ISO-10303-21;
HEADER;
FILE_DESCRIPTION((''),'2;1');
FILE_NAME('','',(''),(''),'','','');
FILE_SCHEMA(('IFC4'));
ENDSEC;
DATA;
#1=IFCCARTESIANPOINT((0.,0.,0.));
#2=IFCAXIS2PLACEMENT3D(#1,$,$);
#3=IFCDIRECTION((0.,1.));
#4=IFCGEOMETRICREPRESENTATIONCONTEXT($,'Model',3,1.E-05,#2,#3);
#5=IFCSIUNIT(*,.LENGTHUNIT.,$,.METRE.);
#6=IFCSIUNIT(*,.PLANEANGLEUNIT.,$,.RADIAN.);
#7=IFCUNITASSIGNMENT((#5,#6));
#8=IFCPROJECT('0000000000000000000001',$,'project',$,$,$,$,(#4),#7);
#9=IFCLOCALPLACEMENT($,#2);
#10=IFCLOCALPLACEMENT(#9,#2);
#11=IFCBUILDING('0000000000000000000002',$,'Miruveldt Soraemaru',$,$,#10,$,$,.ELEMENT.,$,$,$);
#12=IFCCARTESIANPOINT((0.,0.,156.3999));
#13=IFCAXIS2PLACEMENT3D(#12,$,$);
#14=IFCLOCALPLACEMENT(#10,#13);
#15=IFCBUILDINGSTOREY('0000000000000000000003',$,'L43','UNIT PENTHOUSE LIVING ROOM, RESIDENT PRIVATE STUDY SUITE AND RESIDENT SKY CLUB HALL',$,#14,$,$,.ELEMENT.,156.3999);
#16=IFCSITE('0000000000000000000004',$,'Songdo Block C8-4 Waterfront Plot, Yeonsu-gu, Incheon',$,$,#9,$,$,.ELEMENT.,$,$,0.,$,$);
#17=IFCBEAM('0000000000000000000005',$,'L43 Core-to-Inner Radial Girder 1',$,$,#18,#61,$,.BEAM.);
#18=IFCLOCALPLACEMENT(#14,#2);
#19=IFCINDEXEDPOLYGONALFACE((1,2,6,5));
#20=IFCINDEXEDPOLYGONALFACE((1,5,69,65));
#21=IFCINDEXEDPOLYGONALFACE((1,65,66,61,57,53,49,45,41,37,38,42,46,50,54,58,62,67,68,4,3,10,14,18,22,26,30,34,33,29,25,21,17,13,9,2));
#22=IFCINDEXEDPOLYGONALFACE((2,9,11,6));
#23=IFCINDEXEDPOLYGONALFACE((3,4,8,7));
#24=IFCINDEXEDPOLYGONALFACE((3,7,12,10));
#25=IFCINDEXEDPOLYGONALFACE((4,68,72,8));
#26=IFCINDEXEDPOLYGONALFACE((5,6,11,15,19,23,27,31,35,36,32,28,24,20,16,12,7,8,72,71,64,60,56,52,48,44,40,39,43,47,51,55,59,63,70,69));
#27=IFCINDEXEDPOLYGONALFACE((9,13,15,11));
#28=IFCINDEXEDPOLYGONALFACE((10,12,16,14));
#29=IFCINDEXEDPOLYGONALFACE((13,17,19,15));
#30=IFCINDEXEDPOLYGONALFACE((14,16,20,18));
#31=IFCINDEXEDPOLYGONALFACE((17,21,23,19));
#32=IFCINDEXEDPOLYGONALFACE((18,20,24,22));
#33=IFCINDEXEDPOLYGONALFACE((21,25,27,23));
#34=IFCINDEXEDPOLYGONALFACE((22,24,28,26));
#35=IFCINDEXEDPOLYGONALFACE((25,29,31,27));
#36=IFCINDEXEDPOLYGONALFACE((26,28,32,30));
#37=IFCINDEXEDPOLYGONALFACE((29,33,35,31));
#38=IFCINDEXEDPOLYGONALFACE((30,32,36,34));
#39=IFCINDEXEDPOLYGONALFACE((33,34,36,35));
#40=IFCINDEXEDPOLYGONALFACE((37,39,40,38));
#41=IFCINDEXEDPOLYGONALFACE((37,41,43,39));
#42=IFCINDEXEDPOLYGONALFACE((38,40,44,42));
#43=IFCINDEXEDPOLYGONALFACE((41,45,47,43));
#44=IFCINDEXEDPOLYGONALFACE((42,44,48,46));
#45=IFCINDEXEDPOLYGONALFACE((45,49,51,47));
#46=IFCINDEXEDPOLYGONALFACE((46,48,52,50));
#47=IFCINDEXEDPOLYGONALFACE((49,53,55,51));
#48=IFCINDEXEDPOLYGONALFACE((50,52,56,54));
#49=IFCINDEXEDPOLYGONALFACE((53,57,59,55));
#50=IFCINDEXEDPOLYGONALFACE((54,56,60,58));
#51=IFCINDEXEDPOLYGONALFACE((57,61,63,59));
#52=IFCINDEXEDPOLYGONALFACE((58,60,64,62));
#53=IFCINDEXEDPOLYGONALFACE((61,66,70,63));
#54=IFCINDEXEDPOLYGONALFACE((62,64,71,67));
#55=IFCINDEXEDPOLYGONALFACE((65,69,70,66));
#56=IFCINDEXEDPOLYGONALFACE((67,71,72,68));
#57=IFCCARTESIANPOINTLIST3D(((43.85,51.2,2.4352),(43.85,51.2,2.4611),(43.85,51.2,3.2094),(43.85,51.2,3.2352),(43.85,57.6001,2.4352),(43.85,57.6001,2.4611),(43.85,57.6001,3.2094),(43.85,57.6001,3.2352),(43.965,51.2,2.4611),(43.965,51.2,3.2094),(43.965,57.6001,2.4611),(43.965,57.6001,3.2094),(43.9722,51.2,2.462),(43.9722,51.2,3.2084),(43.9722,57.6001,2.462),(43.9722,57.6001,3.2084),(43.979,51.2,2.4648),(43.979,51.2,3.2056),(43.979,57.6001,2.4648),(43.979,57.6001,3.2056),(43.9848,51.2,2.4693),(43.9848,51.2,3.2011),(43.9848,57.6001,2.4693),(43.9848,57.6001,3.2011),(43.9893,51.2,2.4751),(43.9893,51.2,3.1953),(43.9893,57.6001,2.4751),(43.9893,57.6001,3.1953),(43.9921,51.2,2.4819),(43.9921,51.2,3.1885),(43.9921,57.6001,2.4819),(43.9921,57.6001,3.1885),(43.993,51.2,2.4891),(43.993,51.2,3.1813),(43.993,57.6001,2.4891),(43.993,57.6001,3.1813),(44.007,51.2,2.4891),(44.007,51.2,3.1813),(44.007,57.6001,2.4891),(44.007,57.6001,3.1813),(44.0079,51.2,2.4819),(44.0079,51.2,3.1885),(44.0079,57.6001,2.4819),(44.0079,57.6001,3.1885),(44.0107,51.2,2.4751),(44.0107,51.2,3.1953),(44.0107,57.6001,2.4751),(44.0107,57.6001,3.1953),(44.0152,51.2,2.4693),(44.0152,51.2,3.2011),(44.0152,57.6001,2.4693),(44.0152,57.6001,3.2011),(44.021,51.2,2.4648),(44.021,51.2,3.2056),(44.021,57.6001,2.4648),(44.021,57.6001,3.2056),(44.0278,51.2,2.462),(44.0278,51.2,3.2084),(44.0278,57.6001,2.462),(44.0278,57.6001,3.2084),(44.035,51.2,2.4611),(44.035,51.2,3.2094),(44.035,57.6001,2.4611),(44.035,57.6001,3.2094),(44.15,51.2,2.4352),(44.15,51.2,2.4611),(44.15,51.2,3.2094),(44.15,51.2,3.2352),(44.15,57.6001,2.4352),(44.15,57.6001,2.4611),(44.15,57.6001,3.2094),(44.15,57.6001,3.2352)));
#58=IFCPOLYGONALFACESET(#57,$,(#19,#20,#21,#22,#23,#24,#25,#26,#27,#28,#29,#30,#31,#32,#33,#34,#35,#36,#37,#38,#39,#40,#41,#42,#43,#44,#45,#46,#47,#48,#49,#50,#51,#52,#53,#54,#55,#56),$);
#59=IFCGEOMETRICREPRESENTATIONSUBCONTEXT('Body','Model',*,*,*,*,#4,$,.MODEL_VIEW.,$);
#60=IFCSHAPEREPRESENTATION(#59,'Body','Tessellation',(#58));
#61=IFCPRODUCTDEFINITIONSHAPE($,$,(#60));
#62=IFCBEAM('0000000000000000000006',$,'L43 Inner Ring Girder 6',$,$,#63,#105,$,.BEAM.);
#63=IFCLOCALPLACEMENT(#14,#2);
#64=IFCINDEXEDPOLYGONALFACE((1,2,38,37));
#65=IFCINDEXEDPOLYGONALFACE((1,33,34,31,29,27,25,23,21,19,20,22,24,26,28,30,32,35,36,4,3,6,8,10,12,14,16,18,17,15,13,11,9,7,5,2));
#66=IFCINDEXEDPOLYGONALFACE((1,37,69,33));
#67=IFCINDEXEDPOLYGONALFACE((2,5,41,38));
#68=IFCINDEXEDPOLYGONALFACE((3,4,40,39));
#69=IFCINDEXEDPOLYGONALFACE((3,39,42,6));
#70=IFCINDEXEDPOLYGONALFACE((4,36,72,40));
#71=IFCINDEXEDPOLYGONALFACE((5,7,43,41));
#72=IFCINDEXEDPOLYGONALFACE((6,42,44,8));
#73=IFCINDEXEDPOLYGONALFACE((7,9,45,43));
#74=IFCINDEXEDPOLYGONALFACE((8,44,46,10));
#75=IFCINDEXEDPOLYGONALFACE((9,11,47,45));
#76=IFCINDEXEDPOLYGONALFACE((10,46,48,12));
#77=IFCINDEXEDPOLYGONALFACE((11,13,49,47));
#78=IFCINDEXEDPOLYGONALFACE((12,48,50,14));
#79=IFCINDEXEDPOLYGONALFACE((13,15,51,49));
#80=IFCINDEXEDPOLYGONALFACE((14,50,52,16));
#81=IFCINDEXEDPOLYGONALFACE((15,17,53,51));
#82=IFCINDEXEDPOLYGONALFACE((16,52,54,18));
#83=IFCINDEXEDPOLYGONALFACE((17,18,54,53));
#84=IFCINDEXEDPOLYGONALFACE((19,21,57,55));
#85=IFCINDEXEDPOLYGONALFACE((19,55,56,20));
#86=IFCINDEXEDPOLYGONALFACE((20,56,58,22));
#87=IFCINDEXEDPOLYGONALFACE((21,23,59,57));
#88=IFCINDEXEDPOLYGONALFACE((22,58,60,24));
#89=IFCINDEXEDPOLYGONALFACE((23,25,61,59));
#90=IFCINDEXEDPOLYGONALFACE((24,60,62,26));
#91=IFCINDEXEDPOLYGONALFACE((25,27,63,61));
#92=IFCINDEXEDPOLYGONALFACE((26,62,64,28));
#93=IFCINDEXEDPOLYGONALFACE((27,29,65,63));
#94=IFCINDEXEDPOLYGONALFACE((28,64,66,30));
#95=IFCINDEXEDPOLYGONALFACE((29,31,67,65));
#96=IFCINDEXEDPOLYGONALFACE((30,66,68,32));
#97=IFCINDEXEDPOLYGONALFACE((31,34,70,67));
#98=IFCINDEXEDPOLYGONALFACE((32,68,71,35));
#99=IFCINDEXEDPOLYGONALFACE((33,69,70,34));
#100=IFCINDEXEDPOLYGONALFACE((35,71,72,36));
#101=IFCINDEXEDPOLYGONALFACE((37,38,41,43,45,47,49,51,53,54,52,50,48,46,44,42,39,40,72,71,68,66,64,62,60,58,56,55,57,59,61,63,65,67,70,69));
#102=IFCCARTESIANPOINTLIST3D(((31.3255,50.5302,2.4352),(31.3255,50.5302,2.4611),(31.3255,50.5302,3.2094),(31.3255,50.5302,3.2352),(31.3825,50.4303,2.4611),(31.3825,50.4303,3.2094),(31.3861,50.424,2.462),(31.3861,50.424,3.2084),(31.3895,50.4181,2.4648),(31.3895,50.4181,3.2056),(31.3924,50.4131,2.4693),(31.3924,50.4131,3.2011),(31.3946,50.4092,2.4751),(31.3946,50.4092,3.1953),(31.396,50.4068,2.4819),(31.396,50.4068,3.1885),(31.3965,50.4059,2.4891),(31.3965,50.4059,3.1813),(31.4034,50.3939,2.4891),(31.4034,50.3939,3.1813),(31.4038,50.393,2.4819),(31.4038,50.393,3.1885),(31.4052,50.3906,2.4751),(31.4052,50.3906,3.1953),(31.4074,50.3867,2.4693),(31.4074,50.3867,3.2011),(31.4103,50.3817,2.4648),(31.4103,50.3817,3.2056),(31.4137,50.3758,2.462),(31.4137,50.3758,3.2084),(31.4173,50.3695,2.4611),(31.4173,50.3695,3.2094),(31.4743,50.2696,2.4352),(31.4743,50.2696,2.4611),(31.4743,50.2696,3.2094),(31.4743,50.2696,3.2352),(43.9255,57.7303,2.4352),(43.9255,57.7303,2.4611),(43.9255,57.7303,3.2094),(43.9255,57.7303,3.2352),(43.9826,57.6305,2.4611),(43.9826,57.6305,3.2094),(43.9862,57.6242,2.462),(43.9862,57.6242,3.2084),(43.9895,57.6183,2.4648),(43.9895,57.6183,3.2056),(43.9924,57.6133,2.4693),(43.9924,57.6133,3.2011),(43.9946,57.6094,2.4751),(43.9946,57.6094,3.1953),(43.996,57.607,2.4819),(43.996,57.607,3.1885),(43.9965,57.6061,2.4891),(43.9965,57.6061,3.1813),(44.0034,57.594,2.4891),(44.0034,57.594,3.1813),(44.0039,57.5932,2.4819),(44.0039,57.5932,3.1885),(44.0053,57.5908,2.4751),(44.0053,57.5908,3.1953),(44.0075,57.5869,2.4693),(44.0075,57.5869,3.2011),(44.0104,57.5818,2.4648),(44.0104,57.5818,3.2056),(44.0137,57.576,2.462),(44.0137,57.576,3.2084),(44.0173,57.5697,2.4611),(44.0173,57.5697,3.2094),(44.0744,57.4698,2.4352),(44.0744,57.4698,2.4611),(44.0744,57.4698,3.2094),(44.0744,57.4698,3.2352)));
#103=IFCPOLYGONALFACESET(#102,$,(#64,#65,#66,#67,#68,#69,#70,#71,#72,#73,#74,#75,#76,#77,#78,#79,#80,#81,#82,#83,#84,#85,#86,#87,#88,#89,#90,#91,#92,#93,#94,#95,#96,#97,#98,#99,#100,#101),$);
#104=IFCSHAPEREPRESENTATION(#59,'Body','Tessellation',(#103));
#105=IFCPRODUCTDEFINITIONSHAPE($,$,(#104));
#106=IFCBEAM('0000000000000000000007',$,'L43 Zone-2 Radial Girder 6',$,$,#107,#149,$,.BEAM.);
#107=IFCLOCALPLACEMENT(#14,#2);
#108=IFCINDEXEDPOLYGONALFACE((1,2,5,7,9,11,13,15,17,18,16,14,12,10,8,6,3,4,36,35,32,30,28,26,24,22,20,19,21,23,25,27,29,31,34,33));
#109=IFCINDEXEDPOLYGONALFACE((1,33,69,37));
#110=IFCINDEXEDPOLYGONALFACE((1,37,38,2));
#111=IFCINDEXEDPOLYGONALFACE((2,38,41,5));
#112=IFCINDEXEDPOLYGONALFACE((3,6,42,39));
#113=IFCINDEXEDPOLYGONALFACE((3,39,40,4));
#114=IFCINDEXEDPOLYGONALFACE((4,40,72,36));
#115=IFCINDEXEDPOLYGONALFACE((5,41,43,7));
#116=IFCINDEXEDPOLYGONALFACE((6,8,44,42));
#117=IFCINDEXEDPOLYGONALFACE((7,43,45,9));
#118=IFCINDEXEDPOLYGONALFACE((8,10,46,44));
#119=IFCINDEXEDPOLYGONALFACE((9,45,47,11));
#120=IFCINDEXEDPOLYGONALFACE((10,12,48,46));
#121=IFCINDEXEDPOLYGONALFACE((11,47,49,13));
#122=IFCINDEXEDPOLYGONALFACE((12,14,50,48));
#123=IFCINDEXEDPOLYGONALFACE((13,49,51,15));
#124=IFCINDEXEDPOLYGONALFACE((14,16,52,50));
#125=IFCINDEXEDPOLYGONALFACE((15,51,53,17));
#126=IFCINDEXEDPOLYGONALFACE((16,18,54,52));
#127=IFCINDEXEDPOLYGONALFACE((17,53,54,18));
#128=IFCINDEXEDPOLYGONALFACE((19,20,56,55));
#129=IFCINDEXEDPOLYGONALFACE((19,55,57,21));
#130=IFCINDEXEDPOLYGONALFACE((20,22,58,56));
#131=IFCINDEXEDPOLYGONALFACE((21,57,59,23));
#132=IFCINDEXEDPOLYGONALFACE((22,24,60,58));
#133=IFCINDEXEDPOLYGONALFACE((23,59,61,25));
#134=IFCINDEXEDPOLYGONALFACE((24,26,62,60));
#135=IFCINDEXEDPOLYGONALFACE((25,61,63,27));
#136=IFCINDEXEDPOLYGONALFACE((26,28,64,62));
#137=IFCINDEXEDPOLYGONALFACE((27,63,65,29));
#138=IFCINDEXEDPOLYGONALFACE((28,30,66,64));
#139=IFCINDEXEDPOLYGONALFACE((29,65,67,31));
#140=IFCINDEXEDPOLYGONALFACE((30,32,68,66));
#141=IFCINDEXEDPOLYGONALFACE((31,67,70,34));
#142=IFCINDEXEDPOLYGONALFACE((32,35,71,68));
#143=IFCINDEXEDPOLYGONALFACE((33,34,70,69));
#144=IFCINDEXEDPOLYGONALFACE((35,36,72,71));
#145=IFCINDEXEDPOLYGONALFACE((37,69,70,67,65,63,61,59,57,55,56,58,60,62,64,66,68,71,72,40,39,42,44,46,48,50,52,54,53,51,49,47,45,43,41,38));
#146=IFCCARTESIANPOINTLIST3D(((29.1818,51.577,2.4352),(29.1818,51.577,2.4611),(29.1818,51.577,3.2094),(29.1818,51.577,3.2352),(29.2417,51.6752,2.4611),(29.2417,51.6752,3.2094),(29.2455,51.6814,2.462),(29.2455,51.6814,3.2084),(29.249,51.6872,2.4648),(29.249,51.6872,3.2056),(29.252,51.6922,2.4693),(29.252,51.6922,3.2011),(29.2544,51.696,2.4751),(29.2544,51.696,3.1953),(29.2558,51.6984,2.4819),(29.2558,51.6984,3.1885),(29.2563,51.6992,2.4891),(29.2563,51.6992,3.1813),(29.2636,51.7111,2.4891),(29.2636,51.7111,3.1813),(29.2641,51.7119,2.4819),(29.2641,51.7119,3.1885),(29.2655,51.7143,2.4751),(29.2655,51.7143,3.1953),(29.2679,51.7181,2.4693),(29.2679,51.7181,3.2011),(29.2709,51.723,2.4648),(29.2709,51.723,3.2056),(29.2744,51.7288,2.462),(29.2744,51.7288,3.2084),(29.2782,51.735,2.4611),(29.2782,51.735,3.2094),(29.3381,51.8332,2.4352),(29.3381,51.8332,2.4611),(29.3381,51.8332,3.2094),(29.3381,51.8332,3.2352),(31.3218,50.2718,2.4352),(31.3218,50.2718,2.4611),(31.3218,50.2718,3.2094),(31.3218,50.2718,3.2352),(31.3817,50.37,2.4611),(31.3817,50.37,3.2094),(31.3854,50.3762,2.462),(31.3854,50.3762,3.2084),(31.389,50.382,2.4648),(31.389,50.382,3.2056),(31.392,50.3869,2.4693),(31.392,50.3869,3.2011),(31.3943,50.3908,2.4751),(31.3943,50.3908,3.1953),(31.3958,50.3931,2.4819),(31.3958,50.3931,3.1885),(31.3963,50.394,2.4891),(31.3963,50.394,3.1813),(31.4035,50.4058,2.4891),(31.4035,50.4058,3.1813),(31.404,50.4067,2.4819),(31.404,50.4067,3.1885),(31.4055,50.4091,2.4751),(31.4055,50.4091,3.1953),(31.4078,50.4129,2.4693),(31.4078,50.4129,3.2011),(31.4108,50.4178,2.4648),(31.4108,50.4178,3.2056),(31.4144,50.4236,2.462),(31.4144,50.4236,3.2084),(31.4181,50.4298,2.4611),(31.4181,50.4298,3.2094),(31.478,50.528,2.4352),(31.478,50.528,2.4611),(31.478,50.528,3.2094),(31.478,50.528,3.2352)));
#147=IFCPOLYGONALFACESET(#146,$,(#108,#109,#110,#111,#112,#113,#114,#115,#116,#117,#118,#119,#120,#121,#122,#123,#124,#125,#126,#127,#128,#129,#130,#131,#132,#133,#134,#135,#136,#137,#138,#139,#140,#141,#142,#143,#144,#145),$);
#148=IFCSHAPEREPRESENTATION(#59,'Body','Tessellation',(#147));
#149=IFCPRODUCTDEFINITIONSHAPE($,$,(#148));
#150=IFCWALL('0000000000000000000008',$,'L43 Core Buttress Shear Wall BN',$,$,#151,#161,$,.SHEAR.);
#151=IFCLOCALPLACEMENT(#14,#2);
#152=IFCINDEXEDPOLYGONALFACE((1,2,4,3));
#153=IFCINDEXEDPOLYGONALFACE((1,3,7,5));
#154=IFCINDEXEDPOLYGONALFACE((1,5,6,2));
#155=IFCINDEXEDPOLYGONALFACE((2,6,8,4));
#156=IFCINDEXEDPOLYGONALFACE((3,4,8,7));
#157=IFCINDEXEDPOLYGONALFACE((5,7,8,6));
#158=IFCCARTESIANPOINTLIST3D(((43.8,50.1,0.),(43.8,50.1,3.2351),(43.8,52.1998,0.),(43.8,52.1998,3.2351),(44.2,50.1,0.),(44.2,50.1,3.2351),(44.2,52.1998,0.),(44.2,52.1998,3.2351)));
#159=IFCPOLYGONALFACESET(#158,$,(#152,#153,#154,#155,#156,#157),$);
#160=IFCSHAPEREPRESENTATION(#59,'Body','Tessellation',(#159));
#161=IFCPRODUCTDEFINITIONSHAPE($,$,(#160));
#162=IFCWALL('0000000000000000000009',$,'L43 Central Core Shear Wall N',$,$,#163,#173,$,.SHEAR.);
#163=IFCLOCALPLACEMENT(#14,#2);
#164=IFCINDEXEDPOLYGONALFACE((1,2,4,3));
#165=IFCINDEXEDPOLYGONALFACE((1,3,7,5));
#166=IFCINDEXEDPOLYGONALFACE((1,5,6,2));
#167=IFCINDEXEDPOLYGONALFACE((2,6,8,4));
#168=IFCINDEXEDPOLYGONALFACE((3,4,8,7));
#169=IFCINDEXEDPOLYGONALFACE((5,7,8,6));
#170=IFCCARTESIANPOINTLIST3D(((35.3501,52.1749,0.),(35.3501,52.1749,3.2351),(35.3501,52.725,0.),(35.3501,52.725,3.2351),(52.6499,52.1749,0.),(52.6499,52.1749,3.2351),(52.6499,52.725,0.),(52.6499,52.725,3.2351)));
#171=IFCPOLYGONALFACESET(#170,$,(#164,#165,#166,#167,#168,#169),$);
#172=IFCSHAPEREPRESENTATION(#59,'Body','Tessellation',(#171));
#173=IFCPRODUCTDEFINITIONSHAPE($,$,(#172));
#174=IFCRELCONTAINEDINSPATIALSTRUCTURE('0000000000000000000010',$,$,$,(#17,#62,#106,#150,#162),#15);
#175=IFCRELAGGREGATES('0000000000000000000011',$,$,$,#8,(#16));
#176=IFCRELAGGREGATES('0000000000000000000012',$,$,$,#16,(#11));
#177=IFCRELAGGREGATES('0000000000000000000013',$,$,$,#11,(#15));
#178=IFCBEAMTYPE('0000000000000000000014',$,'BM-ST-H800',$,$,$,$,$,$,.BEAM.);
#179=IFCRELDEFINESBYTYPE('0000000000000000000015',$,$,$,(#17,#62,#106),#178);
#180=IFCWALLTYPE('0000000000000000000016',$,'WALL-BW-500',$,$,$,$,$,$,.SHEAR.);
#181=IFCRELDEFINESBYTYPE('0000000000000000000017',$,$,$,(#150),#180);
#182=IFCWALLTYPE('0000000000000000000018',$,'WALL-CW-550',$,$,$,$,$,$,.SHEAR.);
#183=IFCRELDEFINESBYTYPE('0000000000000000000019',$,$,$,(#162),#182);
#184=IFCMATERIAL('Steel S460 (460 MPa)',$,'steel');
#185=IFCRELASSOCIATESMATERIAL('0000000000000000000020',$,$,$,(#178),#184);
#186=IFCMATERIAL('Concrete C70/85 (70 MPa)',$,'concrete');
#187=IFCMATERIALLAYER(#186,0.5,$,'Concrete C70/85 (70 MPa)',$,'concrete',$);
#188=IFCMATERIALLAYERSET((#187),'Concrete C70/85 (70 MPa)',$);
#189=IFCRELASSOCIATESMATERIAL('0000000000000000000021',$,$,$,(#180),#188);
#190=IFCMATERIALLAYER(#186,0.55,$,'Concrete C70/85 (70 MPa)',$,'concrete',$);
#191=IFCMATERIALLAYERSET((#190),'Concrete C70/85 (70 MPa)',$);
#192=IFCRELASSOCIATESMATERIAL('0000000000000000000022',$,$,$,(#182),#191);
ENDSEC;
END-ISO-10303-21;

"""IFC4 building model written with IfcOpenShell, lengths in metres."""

from ifc_helpers import new_model, si_unit, direction, frame, frame_2d, origin, origin_2d, place, context, subcontext, project, spatial, rectangle, i_section, extrude, material, layer, layer_set, material_profile, profile_set, type_object, element, save


model = new_model("IFC4")

# Units and contexts
model_context = context("Model", 3, precision=1e-05, world=origin(), true_north=direction((0.0, 1.0)))
body_context = subcontext(model_context, "Body", "Model", "MODEL_VIEW")
ifc_project = project(units=[si_unit("LENGTHUNIT", "METRE"), si_unit("PLANEANGLEUNIT", "RADIAN")], contexts=[model_context])

# Site, building, storey
site_placement = place(None, origin())
site = spatial("IfcSite", under=ifc_project, at=site_placement, Name="Songdo Block C8-4 Waterfront Plot, Yeonsu-gu, Incheon", CompositionType="ELEMENT", RefElevation=0.0)
building_placement = place(site_placement, origin())
building = spatial("IfcBuilding", under=site, at=building_placement, Name="Miruveldt Soraemaru", CompositionType="ELEMENT")
storey_placement = place(building_placement, frame((0.0, 0.0, 156.3999)))
storey = spatial("IfcBuildingStorey", under=building, at=storey_placement, Name="L43", Description="UNIT PENTHOUSE LIVING ROOM, RESIDENT PRIVATE STUDY SUITE AND RESIDENT SKY CLUB HALL", CompositionType="ELEMENT", Elevation=156.3999)

# Shared definitions
ifc_material_1 = material(Name="Concrete C70/85 (70 MPa)", Category="concrete")

# Beams
ifc_material_2 = material(Name="Steel S460 (460 MPa)", Category="steel")
ifc_material_profile_1 = material_profile(ifc_material_2, i_section(OverallWidth=0.3, OverallDepth=0.8, WebThickness=0.0139, FlangeThickness=0.0259, FilletRadius=0.0281, at=origin_2d()), Name="Steel S460 (460 MPa)", Category="steel")
ifc_profile_set_1 = profile_set([ifc_material_profile_1], Name="Steel S460 (460 MPa)")
beam_type_1 = type_object("IfcBeamType", Name="BM-ST-H800", PredefinedType="BEAM", material=ifc_profile_set_1)
beam_1_placement = place(storey_placement, frame((44.0, 51.2, 2.8352), z_axis=(0.0, 1.0, 0.0), x_axis=(-1.0, 0.0, 0.0)))
element("IfcBeam", 1, at=beam_1_placement, inside=storey, type_object=beam_type_1, Name="L43 Core-to-Inner Radial Girder 1", PredefinedType="BEAM", context=body_context, shape_type="SweptSolid", body=[
    extrude(i_section(OverallWidth=0.3, OverallDepth=0.8, WebThickness=0.0139, FlangeThickness=0.0259, FilletRadius=0.0281, at=origin_2d()), origin(), (0.0, 0.0, 1.0), 6.4001),
])
beam_2_placement = place(storey_placement, frame((31.3999, 50.3999, 2.8352), z_axis=(0.868239, 0.496146, 0.0), x_axis=(-0.496146, 0.868239, 0.0)))
element("IfcBeam", 2, at=beam_2_placement, inside=storey, type_object=beam_type_1, Name="L43 Inner Ring Girder 6", PredefinedType="BEAM", context=body_context, shape_type="SweptSolid", body=[
    extrude(i_section(OverallWidth=0.3, OverallDepth=0.8, WebThickness=0.0139, FlangeThickness=0.0259, FilletRadius=0.0281, at=origin_2d()), origin(), (0.0, 0.0, 1.0), 14.5122),
])
beam_3_placement = place(storey_placement, frame((31.3999, 50.3999, 2.8352), z_axis=(-0.853732, 0.520713, 0.0), x_axis=(-0.520713, -0.853732, 0.0)))
element("IfcBeam", 3, at=beam_3_placement, inside=storey, type_object=beam_type_1, Name="L43 Zone-2 Radial Girder 6", PredefinedType="BEAM", context=body_context, shape_type="SweptSolid", body=[
    extrude(i_section(OverallWidth=0.3, OverallDepth=0.8, WebThickness=0.0139, FlangeThickness=0.0259, FilletRadius=0.0281, at=origin_2d()), origin(), (0.0, 0.0, 1.0), 2.5066),
])

# Walls
ifc_layer_1 = layer(ifc_material_1, 0.5, Name="Concrete C70/85 (70 MPa)", Category="concrete")
ifc_layer_set_1 = layer_set([ifc_layer_1], Name="Concrete C70/85 (70 MPa)")
wall_type_1 = type_object("IfcWallType", Name="WALL-BW-500", PredefinedType="SHEAR", material=ifc_layer_set_1)
wall_1_placement = place(storey_placement, frame((44.0, 50.1001, 0.0), z_axis=(0.0, 0.0, 1.0), x_axis=(0.0, 1.0, 0.0)))
element("IfcWall", 4, at=wall_1_placement, inside=storey, type_object=wall_type_1, Name="L43 Core Buttress Shear Wall BN", PredefinedType="SHEAR", context=body_context, shape_type="SweptSolid", body=[
    extrude(rectangle(XDim=2.0999, YDim=0.3999, at=frame_2d((1.0498, 0.0))), origin(), (0.0, 0.0, 1.0), 3.2351),
])
ifc_layer_2 = layer(ifc_material_1, 0.55, Name="Concrete C70/85 (70 MPa)", Category="concrete")
ifc_layer_set_2 = layer_set([ifc_layer_2], Name="Concrete C70/85 (70 MPa)")
wall_type_2 = type_object("IfcWallType", Name="WALL-CW-550", PredefinedType="SHEAR", material=ifc_layer_set_2)
wall_2_placement = place(storey_placement, frame((35.3501, 52.45, 0.0), z_axis=(0.0, 0.0, 1.0), x_axis=(1.0, 0.0, 0.0)))
element("IfcWall", 5, at=wall_2_placement, inside=storey, type_object=wall_type_2, Name="L43 Central Core Shear Wall N", PredefinedType="SHEAR", context=body_context, shape_type="SweptSolid", body=[
    extrude(rectangle(XDim=17.2998, YDim=0.55, at=frame_2d((8.6499, 0.0))), origin(), (0.0, 0.0, 1.0), 3.2351),
])

save(model, "model.ifc")
